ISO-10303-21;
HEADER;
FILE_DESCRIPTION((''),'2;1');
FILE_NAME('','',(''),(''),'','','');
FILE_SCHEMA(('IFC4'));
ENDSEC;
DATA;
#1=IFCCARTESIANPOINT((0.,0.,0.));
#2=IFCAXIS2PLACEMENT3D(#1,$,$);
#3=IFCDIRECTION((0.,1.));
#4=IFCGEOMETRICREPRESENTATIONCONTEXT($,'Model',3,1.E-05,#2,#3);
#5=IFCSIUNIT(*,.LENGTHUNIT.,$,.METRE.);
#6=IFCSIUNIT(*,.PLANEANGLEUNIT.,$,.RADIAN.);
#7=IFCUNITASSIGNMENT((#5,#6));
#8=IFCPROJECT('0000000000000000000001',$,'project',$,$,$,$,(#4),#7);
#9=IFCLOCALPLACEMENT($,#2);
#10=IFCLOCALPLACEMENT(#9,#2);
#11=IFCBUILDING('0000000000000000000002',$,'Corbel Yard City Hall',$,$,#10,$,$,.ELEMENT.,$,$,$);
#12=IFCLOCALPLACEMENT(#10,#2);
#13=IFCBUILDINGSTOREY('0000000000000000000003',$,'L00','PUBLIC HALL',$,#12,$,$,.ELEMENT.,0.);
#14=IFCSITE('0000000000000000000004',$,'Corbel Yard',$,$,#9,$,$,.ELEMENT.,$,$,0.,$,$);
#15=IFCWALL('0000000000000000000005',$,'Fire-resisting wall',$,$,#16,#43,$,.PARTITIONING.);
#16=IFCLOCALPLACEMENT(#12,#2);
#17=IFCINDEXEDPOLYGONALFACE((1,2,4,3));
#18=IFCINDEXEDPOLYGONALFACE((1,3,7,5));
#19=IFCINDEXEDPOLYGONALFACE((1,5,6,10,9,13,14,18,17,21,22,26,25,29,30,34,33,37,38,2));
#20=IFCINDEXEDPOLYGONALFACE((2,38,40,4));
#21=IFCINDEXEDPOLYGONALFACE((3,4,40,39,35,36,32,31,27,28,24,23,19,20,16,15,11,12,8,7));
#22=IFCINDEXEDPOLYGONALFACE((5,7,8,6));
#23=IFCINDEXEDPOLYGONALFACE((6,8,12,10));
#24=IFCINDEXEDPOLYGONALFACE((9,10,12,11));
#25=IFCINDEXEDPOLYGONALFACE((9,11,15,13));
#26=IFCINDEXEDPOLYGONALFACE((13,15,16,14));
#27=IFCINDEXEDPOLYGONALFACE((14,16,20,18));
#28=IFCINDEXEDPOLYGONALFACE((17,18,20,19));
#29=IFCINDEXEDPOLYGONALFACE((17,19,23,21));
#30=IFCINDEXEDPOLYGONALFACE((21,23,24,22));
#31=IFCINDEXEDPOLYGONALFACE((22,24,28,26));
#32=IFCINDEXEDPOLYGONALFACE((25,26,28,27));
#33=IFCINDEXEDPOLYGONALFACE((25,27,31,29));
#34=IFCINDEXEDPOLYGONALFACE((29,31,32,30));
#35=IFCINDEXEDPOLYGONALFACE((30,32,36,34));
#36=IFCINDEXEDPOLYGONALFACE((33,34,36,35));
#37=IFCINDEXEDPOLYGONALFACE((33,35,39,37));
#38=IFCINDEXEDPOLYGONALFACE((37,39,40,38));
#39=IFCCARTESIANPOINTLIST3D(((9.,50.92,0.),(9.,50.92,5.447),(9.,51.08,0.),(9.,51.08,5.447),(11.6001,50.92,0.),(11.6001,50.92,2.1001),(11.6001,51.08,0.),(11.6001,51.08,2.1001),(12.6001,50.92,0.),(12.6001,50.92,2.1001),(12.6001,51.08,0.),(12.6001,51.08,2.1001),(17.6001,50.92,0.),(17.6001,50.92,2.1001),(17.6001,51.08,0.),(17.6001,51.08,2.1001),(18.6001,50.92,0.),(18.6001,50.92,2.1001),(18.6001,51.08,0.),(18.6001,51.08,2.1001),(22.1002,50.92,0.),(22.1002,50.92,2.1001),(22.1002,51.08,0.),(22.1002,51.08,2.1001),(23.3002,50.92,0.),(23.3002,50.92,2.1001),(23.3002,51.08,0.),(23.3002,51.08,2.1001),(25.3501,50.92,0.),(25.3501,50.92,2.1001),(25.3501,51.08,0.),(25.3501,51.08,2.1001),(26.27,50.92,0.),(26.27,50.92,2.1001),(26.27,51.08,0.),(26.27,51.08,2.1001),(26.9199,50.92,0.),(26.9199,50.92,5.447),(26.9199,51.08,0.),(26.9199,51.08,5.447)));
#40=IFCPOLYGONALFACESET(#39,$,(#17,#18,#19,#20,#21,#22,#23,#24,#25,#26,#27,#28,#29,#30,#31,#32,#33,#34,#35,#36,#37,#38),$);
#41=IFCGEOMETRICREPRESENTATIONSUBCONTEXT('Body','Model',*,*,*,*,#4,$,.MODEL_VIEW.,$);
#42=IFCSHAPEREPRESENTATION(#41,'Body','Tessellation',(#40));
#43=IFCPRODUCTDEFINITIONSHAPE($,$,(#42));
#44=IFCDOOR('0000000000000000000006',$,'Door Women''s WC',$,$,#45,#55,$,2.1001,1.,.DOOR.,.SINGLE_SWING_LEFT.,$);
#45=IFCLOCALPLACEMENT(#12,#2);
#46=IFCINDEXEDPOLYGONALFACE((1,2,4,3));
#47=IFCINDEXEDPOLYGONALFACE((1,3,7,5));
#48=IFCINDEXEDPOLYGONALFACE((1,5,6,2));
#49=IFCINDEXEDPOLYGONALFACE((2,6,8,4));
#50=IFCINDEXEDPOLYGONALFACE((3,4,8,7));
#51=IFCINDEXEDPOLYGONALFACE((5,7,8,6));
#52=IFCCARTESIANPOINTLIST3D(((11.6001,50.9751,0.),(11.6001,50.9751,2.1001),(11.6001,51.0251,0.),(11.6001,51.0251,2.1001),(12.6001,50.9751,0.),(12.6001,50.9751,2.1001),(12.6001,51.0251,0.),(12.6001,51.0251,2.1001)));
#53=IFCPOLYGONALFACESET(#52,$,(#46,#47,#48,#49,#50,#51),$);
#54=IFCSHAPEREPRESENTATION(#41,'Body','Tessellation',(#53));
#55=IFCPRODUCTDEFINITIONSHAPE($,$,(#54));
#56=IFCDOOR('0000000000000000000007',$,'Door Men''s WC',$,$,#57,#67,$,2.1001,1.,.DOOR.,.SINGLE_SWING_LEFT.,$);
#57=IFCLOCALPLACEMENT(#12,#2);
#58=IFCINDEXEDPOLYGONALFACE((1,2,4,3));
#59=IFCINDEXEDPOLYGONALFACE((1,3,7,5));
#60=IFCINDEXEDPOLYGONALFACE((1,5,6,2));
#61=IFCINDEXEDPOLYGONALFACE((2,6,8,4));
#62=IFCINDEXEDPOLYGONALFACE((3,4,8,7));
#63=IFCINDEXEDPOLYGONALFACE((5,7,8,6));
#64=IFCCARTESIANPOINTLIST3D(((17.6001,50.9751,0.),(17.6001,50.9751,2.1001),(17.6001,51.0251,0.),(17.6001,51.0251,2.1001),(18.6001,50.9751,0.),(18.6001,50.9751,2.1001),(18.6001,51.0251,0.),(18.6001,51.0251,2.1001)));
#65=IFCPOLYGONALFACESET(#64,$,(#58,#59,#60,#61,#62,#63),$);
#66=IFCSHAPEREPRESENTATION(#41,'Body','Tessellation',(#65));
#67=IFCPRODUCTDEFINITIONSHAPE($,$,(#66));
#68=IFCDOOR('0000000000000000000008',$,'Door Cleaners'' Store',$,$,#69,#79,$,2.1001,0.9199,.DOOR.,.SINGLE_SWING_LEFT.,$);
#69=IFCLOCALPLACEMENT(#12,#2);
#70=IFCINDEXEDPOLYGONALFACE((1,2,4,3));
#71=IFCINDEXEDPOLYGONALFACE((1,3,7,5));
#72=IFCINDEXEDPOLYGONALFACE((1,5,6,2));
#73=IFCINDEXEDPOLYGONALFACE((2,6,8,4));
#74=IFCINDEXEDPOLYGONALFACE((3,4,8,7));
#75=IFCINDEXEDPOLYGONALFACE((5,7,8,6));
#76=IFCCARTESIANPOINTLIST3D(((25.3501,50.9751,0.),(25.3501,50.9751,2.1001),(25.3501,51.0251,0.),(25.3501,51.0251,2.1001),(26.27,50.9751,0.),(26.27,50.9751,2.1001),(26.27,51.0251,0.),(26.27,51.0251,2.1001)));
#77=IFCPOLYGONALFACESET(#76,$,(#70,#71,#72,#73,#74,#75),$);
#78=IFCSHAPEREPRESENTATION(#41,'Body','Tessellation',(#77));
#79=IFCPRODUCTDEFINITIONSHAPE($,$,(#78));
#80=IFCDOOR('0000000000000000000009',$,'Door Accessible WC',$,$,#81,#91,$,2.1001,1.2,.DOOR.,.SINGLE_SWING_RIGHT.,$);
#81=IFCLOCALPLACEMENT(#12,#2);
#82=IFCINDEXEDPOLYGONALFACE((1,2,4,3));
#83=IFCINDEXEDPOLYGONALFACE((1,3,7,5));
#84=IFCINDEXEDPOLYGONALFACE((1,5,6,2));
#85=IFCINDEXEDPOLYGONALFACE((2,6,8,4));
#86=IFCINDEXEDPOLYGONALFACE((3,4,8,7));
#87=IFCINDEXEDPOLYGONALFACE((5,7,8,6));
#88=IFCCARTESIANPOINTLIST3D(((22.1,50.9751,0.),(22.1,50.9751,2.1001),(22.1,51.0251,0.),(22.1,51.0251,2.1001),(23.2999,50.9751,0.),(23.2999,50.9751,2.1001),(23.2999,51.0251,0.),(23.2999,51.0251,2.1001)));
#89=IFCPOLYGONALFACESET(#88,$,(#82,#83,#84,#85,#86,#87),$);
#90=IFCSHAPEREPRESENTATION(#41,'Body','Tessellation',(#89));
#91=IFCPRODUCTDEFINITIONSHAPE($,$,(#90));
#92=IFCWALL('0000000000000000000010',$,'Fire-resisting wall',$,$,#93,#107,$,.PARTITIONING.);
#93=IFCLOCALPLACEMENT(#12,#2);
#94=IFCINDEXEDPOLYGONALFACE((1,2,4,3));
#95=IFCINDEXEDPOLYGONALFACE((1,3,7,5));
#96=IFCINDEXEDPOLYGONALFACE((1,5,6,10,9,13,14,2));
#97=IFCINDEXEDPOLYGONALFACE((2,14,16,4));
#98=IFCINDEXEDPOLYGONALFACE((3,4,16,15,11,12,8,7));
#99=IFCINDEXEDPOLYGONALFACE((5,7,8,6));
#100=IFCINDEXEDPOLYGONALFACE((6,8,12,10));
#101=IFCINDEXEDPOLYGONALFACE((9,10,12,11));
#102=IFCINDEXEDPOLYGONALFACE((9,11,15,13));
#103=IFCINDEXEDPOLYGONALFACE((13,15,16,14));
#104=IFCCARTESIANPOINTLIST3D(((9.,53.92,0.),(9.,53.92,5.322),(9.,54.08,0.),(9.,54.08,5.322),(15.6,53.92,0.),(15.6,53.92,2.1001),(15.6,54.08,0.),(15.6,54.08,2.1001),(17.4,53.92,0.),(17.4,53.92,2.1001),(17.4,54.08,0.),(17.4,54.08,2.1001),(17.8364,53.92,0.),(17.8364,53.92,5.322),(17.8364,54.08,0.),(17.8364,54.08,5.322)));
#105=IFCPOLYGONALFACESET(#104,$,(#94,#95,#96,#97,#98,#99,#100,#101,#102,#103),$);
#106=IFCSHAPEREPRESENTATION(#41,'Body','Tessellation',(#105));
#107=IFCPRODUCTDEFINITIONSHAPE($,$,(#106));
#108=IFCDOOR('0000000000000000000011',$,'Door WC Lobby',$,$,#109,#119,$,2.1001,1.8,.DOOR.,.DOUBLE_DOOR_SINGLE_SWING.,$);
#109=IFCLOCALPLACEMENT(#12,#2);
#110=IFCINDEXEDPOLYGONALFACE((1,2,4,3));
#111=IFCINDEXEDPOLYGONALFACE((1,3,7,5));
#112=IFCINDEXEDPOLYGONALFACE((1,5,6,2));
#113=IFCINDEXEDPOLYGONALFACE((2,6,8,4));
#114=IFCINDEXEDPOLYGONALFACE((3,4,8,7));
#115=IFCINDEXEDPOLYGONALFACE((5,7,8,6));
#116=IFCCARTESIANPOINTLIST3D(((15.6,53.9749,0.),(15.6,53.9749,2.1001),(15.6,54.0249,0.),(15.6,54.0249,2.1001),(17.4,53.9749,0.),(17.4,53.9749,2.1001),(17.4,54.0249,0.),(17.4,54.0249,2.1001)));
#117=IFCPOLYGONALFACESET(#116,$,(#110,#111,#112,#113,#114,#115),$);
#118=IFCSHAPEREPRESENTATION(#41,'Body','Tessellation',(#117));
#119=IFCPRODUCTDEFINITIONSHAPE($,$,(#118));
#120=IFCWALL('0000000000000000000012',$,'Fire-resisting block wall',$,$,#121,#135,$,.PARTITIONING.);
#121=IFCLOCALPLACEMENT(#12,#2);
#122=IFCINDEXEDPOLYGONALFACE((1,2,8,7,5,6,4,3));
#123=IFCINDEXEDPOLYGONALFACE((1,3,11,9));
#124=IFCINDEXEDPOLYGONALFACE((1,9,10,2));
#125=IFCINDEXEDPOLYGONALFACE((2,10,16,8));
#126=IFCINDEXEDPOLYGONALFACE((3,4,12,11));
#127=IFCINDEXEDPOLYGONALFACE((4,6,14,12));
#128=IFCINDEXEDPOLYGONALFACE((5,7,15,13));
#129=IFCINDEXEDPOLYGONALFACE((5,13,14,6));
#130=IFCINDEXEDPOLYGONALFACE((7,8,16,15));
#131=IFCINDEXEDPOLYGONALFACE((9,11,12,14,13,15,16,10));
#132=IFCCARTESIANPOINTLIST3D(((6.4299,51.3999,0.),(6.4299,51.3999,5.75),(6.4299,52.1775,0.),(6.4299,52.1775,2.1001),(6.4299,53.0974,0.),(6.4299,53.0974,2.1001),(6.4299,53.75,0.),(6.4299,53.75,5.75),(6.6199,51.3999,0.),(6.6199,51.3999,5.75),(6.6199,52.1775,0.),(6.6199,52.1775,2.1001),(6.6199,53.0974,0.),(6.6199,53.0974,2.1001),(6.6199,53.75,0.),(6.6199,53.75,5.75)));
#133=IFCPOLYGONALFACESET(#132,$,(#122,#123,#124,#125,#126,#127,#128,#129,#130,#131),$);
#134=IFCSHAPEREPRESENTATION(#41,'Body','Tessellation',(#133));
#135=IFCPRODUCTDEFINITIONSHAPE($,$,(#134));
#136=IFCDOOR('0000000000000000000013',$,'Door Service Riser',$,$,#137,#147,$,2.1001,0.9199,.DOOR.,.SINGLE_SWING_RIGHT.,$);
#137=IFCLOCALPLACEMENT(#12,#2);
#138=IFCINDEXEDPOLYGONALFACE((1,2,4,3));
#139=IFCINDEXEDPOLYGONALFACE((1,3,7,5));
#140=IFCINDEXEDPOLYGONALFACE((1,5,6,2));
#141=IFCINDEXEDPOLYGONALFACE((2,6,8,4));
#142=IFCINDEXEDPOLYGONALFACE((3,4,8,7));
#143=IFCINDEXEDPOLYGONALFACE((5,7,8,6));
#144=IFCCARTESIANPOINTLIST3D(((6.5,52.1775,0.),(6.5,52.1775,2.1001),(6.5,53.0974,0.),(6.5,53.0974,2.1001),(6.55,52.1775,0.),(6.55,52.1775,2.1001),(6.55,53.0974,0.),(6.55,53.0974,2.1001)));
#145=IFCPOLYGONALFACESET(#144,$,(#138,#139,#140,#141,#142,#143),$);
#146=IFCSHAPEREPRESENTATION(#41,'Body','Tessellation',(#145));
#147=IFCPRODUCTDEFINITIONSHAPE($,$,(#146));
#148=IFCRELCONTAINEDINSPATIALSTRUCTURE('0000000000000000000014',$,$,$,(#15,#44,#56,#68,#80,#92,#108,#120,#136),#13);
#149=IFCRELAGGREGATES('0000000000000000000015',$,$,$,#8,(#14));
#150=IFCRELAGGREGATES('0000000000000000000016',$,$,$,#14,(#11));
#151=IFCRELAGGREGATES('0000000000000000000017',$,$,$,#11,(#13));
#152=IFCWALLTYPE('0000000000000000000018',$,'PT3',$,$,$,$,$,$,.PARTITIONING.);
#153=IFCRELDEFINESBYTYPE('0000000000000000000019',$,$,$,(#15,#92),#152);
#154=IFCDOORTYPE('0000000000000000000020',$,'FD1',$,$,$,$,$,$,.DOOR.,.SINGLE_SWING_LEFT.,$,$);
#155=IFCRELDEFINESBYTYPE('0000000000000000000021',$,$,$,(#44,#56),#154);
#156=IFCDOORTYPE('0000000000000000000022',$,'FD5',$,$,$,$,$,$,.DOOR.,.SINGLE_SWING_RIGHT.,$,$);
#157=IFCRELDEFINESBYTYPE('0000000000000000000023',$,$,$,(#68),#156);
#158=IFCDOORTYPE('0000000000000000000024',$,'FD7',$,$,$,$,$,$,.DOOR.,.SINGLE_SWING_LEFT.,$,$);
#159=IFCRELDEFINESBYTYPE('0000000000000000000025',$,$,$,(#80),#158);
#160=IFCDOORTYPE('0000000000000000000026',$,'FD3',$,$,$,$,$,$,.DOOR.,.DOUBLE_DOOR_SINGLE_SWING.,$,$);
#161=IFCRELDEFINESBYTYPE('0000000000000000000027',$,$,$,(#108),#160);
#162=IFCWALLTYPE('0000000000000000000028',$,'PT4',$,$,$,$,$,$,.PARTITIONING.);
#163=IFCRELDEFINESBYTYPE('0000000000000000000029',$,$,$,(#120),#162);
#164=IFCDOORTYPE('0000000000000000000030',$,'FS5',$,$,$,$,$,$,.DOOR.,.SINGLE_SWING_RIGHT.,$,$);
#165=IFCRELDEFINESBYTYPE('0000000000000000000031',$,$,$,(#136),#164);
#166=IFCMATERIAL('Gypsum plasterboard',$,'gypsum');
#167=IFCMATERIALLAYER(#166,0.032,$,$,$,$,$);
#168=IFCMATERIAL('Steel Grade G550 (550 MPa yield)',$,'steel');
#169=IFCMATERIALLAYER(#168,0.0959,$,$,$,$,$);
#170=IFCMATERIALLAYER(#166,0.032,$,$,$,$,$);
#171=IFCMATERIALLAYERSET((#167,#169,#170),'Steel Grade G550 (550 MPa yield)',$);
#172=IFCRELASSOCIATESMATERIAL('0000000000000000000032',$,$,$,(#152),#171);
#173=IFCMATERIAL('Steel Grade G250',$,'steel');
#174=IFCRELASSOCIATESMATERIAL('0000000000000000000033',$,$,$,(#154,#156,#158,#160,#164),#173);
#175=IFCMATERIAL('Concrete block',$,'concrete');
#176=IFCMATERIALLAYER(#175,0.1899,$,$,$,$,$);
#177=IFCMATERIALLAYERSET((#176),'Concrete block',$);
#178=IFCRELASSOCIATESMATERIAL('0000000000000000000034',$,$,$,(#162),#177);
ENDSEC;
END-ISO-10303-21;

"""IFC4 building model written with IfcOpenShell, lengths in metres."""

from ifc_helpers import new_model, si_unit, direction, frame, frame_2d, origin, place, context, subcontext, project, spatial, rectangle, extrude, material, layer, layer_set, type_object, element, fill, save


model = new_model("IFC4")

# Units and contexts
model_context = context("Model", 3, precision=1e-05, world=origin(), true_north=direction((0.0, 1.0)))
body_context = subcontext(model_context, "Body", "Model", "MODEL_VIEW")
ifc_project = project(units=[si_unit("LENGTHUNIT", "METRE"), si_unit("PLANEANGLEUNIT", "RADIAN")], contexts=[model_context])

# Site, building, storey
site_placement = place(None, origin())
site = spatial("IfcSite", under=ifc_project, at=site_placement, Name="Corbel Yard", CompositionType="ELEMENT", RefElevation=0.0)
building_placement = place(site_placement, origin())
building = spatial("IfcBuilding", under=site, at=building_placement, Name="Corbel Yard City Hall", CompositionType="ELEMENT")
storey_placement = place(building_placement, origin())
storey = spatial("IfcBuildingStorey", under=building, at=storey_placement, Name="L00", Description="PUBLIC HALL", CompositionType="ELEMENT", Elevation=0.0)

# Shared definitions
ifc_material_1 = material(Name="Gypsum plasterboard", Category="gypsum")
ifc_material_2 = material(Name="Steel Grade G550 (550 MPa yield)", Category="steel")

# Wall, openings, doors
ifc_layer_1 = layer(ifc_material_1, 0.032)
ifc_layer_2 = layer(ifc_material_2, 0.0959)
ifc_layer_3 = layer(ifc_material_1, 0.032)
ifc_layer_set_1 = layer_set([ifc_layer_1, ifc_layer_2, ifc_layer_3], Name="Steel Grade G550 (550 MPa yield)")
wall_type_1 = type_object("IfcWallType", Name="PT3", PredefinedType="PARTITIONING", material=ifc_layer_set_1)
wall_1_placement = place(storey_placement, frame((9.0, 51.0, 0.0), z_axis=(0.0, 0.0, 1.0), x_axis=(1.0, 0.0, 0.0)))
wall_1 = element("IfcWall", 1, at=wall_1_placement, inside=storey, type_object=wall_type_1, Name="Fire-resisting wall", PredefinedType="PARTITIONING", context=body_context, shape_type="SweptSolid", body=[
    extrude(rectangle(XDim=17.9199, YDim=0.1599, at=frame_2d((8.96, 0.0))), origin(), (0.0, 0.0, 1.0), 5.447),
])
opening_1_placement = place(wall_1_placement, frame((2.6001, 0.0, 0.0)))
opening_1 = element("IfcOpeningElement", 2, at=opening_1_placement, cuts=wall_1, PredefinedType="OPENING", context=body_context, shape_type="SweptSolid", body=[
    extrude(rectangle(XDim=1.0, YDim=2.1001, at=frame_2d((0.5, 1.05))), frame((0.0, 0.0898, 0.0), z_axis=(0.0, -1.0, 0.0), x_axis=(1.0, 0.0, 0.0)), (0.0, 0.0, 1.0), 0.1799),
])
opening_2_placement = place(wall_1_placement, frame((8.6001, 0.0, 0.0)))
opening_2 = element("IfcOpeningElement", 3, at=opening_2_placement, cuts=wall_1, PredefinedType="OPENING", context=body_context, shape_type="SweptSolid", body=[
    extrude(rectangle(XDim=1.0, YDim=2.1001, at=frame_2d((0.5, 1.05))), frame((0.0, 0.0898, 0.0), z_axis=(0.0, -1.0, 0.0), x_axis=(1.0, 0.0, 0.0)), (0.0, 0.0, 1.0), 0.1799),
])
opening_3_placement = place(wall_1_placement, frame((13.1001, 0.0, 0.0)))
opening_3 = element("IfcOpeningElement", 4, at=opening_3_placement, cuts=wall_1, PredefinedType="OPENING", context=body_context, shape_type="SweptSolid", body=[
    extrude(rectangle(XDim=1.2, YDim=2.1001, at=frame_2d((0.6001, 1.05))), frame((0.0, 0.0898, 0.0), z_axis=(0.0, -1.0, 0.0), x_axis=(1.0, 0.0, 0.0)), (0.0, 0.0, 1.0), 0.1799),
])
opening_4_placement = place(wall_1_placement, frame((16.3501, 0.0, 0.0)))
opening_4 = element("IfcOpeningElement", 5, at=opening_4_placement, cuts=wall_1, PredefinedType="OPENING", context=body_context, shape_type="SweptSolid", body=[
    extrude(rectangle(XDim=0.9199, YDim=2.1001, at=frame_2d((0.46, 1.05))), frame((0.0, 0.0898, 0.0), z_axis=(0.0, -1.0, 0.0), x_axis=(1.0, 0.0, 0.0)), (0.0, 0.0, 1.0), 0.1799),
])
ifc_material_3 = material(Name="Steel Grade G250", Category="steel")
door_type_1 = type_object("IfcDoorType", Name="FD1", OperationType="SINGLE_SWING_LEFT", PredefinedType="DOOR", material=ifc_material_3)
door_1_placement = place(opening_1_placement, frame((1.0, 0.0, 0.0), z_axis=(0.0, 0.0, 1.0), x_axis=(-1.0, 0.0, 0.0)))
door_1 = element("IfcDoor", 6, at=door_1_placement, inside=storey, type_object=door_type_1, Name="Door Women's WC", OperationType="SINGLE_SWING_LEFT", OverallHeight=2.1001, OverallWidth=1.0, PredefinedType="DOOR", context=body_context, shape_type="SweptSolid", body=[
    extrude(rectangle(XDim=1.0, YDim=2.1001, at=frame_2d((0.5, 1.05))), frame((0.0, 0.0249, 0.0), z_axis=(0.0, -1.0, 0.0), x_axis=(1.0, 0.0, 0.0)), (0.0, 0.0, 1.0), 0.05),
])
fill(opening_1, door_1)
door_2_placement = place(opening_2_placement, frame((1.0, 0.0, 0.0), z_axis=(0.0, 0.0, 1.0), x_axis=(-1.0, 0.0, 0.0)))
door_2 = element("IfcDoor", 7, at=door_2_placement, inside=storey, type_object=door_type_1, Name="Door Men's WC", OperationType="SINGLE_SWING_LEFT", OverallHeight=2.1001, OverallWidth=1.0, PredefinedType="DOOR", context=body_context, shape_type="SweptSolid", body=[
    extrude(rectangle(XDim=1.0, YDim=2.1001, at=frame_2d((0.5, 1.05))), frame((0.0, 0.0249, 0.0), z_axis=(0.0, -1.0, 0.0), x_axis=(1.0, 0.0, 0.0)), (0.0, 0.0, 1.0), 0.05),
])
fill(opening_2, door_2)
door_type_2 = type_object("IfcDoorType", Name="FD5", OperationType="SINGLE_SWING_RIGHT", PredefinedType="DOOR", material=ifc_material_3)
door_3_placement = place(opening_4_placement, frame((0.9199, 0.0, 0.0), z_axis=(0.0, 0.0, 1.0), x_axis=(-1.0, 0.0, 0.0)))
door_3 = element("IfcDoor", 8, at=door_3_placement, inside=storey, type_object=door_type_2, Name="Door Cleaners' Store", OperationType="SINGLE_SWING_LEFT", OverallHeight=2.1001, OverallWidth=0.9199, PredefinedType="DOOR", context=body_context, shape_type="SweptSolid", body=[
    extrude(rectangle(XDim=0.9199, YDim=2.1001, at=frame_2d((0.46, 1.05))), frame((0.0, 0.0249, 0.0), z_axis=(0.0, -1.0, 0.0), x_axis=(1.0, 0.0, 0.0)), (0.0, 0.0, 1.0), 0.05),
])
fill(opening_4, door_3)
door_type_3 = type_object("IfcDoorType", Name="FD7", OperationType="SINGLE_SWING_LEFT", PredefinedType="DOOR", material=ifc_material_3)
door_4_placement = place(opening_3_placement, frame((1.2, 0.0, 0.0), z_axis=(0.0, 0.0, 1.0), x_axis=(-1.0, 0.0, 0.0)))
door_4 = element("IfcDoor", 9, at=door_4_placement, inside=storey, type_object=door_type_3, Name="Door Accessible WC", OperationType="SINGLE_SWING_RIGHT", OverallHeight=2.1001, OverallWidth=1.2, PredefinedType="DOOR", context=body_context, shape_type="SweptSolid", body=[
    extrude(rectangle(XDim=1.2, YDim=2.1001, at=frame_2d((0.6001, 1.05))), frame((0.0, 0.0249, 0.0), z_axis=(0.0, -1.0, 0.0), x_axis=(1.0, 0.0, 0.0)), (0.0, 0.0, 1.0), 0.05),
])
fill(opening_3, door_4)

# Walls, openings, doors
wall_2_placement = place(storey_placement, frame((9.0, 54.0, 0.0), z_axis=(0.0, 0.0, 1.0), x_axis=(1.0, 0.0, 0.0)))
wall_2 = element("IfcWall", 10, at=wall_2_placement, inside=storey, type_object=wall_type_1, Name="Fire-resisting wall", PredefinedType="PARTITIONING", context=body_context, shape_type="SweptSolid", body=[
    extrude(rectangle(XDim=8.8364, YDim=0.1599, at=frame_2d((4.4182, 0.0))), origin(), (0.0, 0.0, 1.0), 5.322),
])
opening_5_placement = place(wall_2_placement, frame((6.6001, 0.0, 0.0)))
opening_5 = element("IfcOpeningElement", 11, at=opening_5_placement, cuts=wall_2, PredefinedType="OPENING", context=body_context, shape_type="SweptSolid", body=[
    extrude(rectangle(XDim=1.8, YDim=2.1001, at=frame_2d((0.8999, 1.05))), frame((0.0, 0.0898, 0.0), z_axis=(0.0, -1.0, 0.0), x_axis=(1.0, 0.0, 0.0)), (0.0, 0.0, 1.0), 0.1799),
])
door_type_4 = type_object("IfcDoorType", Name="FD3", OperationType="DOUBLE_DOOR_SINGLE_SWING", PredefinedType="DOOR", material=ifc_material_3)
door_5_placement = place(opening_5_placement, origin())
door_5 = element("IfcDoor", 12, at=door_5_placement, inside=storey, type_object=door_type_4, Name="Door WC Lobby", OperationType="DOUBLE_DOOR_SINGLE_SWING", OverallHeight=2.1001, OverallWidth=1.8, PredefinedType="DOOR", context=body_context, shape_type="SweptSolid", body=[
    extrude(rectangle(XDim=1.8, YDim=2.1001, at=frame_2d((0.8999, 1.05))), frame((0.0, 0.0249, 0.0), z_axis=(0.0, -1.0, 0.0), x_axis=(1.0, 0.0, 0.0)), (0.0, 0.0, 1.0), 0.05),
])
fill(opening_5, door_5)
ifc_material_4 = material(Name="Concrete block", Category="concrete")
ifc_layer_4 = layer(ifc_material_4, 0.1899)
ifc_layer_set_2 = layer_set([ifc_layer_4], Name="Concrete block")
wall_type_2 = type_object("IfcWallType", Name="PT4", PredefinedType="PARTITIONING", material=ifc_layer_set_2)
wall_3_placement = place(storey_placement, frame((6.5249, 51.3999, 0.0), z_axis=(0.0, 0.0, 1.0), x_axis=(0.0, 1.0, 0.0)))
wall_3 = element("IfcWall", 13, at=wall_3_placement, inside=storey, type_object=wall_type_2, Name="Fire-resisting block wall", PredefinedType="PARTITIONING", context=body_context, shape_type="SweptSolid", body=[
    extrude(rectangle(XDim=2.3501, YDim=0.1899, at=frame_2d((1.175, 0.0))), origin(), (0.0, 0.0, 1.0), 5.75),
])
opening_6_placement = place(wall_3_placement, frame((0.7776, 0.0, 0.0)))
opening_6 = element("IfcOpeningElement", 14, at=opening_6_placement, cuts=wall_3, PredefinedType="OPENING", context=body_context, shape_type="SweptSolid", body=[
    extrude(rectangle(XDim=0.9199, YDim=2.1001, at=frame_2d((0.46, 1.05))), frame((0.0, 0.105, 0.0), z_axis=(0.0, -1.0, 0.0), x_axis=(1.0, 0.0, 0.0)), (0.0, 0.0, 1.0), 0.21),
])
door_type_5 = type_object("IfcDoorType", Name="FS5", OperationType="SINGLE_SWING_RIGHT", PredefinedType="DOOR", material=ifc_material_3)
door_6_placement = place(opening_6_placement, origin())
door_6 = element("IfcDoor", 15, at=door_6_placement, inside=storey, type_object=door_type_5, Name="Door Service Riser", OperationType="SINGLE_SWING_RIGHT", OverallHeight=2.1001, OverallWidth=0.9199, PredefinedType="DOOR", context=body_context, shape_type="SweptSolid", body=[
    extrude(rectangle(XDim=0.9199, YDim=2.1001, at=frame_2d((0.46, 1.05))), frame((0.0, 0.0249, 0.0), z_axis=(0.0, -1.0, 0.0), x_axis=(1.0, 0.0, 0.0)), (0.0, 0.0, 1.0), 0.05),
])
fill(opening_6, door_6)

save(model, "model.ifc")
